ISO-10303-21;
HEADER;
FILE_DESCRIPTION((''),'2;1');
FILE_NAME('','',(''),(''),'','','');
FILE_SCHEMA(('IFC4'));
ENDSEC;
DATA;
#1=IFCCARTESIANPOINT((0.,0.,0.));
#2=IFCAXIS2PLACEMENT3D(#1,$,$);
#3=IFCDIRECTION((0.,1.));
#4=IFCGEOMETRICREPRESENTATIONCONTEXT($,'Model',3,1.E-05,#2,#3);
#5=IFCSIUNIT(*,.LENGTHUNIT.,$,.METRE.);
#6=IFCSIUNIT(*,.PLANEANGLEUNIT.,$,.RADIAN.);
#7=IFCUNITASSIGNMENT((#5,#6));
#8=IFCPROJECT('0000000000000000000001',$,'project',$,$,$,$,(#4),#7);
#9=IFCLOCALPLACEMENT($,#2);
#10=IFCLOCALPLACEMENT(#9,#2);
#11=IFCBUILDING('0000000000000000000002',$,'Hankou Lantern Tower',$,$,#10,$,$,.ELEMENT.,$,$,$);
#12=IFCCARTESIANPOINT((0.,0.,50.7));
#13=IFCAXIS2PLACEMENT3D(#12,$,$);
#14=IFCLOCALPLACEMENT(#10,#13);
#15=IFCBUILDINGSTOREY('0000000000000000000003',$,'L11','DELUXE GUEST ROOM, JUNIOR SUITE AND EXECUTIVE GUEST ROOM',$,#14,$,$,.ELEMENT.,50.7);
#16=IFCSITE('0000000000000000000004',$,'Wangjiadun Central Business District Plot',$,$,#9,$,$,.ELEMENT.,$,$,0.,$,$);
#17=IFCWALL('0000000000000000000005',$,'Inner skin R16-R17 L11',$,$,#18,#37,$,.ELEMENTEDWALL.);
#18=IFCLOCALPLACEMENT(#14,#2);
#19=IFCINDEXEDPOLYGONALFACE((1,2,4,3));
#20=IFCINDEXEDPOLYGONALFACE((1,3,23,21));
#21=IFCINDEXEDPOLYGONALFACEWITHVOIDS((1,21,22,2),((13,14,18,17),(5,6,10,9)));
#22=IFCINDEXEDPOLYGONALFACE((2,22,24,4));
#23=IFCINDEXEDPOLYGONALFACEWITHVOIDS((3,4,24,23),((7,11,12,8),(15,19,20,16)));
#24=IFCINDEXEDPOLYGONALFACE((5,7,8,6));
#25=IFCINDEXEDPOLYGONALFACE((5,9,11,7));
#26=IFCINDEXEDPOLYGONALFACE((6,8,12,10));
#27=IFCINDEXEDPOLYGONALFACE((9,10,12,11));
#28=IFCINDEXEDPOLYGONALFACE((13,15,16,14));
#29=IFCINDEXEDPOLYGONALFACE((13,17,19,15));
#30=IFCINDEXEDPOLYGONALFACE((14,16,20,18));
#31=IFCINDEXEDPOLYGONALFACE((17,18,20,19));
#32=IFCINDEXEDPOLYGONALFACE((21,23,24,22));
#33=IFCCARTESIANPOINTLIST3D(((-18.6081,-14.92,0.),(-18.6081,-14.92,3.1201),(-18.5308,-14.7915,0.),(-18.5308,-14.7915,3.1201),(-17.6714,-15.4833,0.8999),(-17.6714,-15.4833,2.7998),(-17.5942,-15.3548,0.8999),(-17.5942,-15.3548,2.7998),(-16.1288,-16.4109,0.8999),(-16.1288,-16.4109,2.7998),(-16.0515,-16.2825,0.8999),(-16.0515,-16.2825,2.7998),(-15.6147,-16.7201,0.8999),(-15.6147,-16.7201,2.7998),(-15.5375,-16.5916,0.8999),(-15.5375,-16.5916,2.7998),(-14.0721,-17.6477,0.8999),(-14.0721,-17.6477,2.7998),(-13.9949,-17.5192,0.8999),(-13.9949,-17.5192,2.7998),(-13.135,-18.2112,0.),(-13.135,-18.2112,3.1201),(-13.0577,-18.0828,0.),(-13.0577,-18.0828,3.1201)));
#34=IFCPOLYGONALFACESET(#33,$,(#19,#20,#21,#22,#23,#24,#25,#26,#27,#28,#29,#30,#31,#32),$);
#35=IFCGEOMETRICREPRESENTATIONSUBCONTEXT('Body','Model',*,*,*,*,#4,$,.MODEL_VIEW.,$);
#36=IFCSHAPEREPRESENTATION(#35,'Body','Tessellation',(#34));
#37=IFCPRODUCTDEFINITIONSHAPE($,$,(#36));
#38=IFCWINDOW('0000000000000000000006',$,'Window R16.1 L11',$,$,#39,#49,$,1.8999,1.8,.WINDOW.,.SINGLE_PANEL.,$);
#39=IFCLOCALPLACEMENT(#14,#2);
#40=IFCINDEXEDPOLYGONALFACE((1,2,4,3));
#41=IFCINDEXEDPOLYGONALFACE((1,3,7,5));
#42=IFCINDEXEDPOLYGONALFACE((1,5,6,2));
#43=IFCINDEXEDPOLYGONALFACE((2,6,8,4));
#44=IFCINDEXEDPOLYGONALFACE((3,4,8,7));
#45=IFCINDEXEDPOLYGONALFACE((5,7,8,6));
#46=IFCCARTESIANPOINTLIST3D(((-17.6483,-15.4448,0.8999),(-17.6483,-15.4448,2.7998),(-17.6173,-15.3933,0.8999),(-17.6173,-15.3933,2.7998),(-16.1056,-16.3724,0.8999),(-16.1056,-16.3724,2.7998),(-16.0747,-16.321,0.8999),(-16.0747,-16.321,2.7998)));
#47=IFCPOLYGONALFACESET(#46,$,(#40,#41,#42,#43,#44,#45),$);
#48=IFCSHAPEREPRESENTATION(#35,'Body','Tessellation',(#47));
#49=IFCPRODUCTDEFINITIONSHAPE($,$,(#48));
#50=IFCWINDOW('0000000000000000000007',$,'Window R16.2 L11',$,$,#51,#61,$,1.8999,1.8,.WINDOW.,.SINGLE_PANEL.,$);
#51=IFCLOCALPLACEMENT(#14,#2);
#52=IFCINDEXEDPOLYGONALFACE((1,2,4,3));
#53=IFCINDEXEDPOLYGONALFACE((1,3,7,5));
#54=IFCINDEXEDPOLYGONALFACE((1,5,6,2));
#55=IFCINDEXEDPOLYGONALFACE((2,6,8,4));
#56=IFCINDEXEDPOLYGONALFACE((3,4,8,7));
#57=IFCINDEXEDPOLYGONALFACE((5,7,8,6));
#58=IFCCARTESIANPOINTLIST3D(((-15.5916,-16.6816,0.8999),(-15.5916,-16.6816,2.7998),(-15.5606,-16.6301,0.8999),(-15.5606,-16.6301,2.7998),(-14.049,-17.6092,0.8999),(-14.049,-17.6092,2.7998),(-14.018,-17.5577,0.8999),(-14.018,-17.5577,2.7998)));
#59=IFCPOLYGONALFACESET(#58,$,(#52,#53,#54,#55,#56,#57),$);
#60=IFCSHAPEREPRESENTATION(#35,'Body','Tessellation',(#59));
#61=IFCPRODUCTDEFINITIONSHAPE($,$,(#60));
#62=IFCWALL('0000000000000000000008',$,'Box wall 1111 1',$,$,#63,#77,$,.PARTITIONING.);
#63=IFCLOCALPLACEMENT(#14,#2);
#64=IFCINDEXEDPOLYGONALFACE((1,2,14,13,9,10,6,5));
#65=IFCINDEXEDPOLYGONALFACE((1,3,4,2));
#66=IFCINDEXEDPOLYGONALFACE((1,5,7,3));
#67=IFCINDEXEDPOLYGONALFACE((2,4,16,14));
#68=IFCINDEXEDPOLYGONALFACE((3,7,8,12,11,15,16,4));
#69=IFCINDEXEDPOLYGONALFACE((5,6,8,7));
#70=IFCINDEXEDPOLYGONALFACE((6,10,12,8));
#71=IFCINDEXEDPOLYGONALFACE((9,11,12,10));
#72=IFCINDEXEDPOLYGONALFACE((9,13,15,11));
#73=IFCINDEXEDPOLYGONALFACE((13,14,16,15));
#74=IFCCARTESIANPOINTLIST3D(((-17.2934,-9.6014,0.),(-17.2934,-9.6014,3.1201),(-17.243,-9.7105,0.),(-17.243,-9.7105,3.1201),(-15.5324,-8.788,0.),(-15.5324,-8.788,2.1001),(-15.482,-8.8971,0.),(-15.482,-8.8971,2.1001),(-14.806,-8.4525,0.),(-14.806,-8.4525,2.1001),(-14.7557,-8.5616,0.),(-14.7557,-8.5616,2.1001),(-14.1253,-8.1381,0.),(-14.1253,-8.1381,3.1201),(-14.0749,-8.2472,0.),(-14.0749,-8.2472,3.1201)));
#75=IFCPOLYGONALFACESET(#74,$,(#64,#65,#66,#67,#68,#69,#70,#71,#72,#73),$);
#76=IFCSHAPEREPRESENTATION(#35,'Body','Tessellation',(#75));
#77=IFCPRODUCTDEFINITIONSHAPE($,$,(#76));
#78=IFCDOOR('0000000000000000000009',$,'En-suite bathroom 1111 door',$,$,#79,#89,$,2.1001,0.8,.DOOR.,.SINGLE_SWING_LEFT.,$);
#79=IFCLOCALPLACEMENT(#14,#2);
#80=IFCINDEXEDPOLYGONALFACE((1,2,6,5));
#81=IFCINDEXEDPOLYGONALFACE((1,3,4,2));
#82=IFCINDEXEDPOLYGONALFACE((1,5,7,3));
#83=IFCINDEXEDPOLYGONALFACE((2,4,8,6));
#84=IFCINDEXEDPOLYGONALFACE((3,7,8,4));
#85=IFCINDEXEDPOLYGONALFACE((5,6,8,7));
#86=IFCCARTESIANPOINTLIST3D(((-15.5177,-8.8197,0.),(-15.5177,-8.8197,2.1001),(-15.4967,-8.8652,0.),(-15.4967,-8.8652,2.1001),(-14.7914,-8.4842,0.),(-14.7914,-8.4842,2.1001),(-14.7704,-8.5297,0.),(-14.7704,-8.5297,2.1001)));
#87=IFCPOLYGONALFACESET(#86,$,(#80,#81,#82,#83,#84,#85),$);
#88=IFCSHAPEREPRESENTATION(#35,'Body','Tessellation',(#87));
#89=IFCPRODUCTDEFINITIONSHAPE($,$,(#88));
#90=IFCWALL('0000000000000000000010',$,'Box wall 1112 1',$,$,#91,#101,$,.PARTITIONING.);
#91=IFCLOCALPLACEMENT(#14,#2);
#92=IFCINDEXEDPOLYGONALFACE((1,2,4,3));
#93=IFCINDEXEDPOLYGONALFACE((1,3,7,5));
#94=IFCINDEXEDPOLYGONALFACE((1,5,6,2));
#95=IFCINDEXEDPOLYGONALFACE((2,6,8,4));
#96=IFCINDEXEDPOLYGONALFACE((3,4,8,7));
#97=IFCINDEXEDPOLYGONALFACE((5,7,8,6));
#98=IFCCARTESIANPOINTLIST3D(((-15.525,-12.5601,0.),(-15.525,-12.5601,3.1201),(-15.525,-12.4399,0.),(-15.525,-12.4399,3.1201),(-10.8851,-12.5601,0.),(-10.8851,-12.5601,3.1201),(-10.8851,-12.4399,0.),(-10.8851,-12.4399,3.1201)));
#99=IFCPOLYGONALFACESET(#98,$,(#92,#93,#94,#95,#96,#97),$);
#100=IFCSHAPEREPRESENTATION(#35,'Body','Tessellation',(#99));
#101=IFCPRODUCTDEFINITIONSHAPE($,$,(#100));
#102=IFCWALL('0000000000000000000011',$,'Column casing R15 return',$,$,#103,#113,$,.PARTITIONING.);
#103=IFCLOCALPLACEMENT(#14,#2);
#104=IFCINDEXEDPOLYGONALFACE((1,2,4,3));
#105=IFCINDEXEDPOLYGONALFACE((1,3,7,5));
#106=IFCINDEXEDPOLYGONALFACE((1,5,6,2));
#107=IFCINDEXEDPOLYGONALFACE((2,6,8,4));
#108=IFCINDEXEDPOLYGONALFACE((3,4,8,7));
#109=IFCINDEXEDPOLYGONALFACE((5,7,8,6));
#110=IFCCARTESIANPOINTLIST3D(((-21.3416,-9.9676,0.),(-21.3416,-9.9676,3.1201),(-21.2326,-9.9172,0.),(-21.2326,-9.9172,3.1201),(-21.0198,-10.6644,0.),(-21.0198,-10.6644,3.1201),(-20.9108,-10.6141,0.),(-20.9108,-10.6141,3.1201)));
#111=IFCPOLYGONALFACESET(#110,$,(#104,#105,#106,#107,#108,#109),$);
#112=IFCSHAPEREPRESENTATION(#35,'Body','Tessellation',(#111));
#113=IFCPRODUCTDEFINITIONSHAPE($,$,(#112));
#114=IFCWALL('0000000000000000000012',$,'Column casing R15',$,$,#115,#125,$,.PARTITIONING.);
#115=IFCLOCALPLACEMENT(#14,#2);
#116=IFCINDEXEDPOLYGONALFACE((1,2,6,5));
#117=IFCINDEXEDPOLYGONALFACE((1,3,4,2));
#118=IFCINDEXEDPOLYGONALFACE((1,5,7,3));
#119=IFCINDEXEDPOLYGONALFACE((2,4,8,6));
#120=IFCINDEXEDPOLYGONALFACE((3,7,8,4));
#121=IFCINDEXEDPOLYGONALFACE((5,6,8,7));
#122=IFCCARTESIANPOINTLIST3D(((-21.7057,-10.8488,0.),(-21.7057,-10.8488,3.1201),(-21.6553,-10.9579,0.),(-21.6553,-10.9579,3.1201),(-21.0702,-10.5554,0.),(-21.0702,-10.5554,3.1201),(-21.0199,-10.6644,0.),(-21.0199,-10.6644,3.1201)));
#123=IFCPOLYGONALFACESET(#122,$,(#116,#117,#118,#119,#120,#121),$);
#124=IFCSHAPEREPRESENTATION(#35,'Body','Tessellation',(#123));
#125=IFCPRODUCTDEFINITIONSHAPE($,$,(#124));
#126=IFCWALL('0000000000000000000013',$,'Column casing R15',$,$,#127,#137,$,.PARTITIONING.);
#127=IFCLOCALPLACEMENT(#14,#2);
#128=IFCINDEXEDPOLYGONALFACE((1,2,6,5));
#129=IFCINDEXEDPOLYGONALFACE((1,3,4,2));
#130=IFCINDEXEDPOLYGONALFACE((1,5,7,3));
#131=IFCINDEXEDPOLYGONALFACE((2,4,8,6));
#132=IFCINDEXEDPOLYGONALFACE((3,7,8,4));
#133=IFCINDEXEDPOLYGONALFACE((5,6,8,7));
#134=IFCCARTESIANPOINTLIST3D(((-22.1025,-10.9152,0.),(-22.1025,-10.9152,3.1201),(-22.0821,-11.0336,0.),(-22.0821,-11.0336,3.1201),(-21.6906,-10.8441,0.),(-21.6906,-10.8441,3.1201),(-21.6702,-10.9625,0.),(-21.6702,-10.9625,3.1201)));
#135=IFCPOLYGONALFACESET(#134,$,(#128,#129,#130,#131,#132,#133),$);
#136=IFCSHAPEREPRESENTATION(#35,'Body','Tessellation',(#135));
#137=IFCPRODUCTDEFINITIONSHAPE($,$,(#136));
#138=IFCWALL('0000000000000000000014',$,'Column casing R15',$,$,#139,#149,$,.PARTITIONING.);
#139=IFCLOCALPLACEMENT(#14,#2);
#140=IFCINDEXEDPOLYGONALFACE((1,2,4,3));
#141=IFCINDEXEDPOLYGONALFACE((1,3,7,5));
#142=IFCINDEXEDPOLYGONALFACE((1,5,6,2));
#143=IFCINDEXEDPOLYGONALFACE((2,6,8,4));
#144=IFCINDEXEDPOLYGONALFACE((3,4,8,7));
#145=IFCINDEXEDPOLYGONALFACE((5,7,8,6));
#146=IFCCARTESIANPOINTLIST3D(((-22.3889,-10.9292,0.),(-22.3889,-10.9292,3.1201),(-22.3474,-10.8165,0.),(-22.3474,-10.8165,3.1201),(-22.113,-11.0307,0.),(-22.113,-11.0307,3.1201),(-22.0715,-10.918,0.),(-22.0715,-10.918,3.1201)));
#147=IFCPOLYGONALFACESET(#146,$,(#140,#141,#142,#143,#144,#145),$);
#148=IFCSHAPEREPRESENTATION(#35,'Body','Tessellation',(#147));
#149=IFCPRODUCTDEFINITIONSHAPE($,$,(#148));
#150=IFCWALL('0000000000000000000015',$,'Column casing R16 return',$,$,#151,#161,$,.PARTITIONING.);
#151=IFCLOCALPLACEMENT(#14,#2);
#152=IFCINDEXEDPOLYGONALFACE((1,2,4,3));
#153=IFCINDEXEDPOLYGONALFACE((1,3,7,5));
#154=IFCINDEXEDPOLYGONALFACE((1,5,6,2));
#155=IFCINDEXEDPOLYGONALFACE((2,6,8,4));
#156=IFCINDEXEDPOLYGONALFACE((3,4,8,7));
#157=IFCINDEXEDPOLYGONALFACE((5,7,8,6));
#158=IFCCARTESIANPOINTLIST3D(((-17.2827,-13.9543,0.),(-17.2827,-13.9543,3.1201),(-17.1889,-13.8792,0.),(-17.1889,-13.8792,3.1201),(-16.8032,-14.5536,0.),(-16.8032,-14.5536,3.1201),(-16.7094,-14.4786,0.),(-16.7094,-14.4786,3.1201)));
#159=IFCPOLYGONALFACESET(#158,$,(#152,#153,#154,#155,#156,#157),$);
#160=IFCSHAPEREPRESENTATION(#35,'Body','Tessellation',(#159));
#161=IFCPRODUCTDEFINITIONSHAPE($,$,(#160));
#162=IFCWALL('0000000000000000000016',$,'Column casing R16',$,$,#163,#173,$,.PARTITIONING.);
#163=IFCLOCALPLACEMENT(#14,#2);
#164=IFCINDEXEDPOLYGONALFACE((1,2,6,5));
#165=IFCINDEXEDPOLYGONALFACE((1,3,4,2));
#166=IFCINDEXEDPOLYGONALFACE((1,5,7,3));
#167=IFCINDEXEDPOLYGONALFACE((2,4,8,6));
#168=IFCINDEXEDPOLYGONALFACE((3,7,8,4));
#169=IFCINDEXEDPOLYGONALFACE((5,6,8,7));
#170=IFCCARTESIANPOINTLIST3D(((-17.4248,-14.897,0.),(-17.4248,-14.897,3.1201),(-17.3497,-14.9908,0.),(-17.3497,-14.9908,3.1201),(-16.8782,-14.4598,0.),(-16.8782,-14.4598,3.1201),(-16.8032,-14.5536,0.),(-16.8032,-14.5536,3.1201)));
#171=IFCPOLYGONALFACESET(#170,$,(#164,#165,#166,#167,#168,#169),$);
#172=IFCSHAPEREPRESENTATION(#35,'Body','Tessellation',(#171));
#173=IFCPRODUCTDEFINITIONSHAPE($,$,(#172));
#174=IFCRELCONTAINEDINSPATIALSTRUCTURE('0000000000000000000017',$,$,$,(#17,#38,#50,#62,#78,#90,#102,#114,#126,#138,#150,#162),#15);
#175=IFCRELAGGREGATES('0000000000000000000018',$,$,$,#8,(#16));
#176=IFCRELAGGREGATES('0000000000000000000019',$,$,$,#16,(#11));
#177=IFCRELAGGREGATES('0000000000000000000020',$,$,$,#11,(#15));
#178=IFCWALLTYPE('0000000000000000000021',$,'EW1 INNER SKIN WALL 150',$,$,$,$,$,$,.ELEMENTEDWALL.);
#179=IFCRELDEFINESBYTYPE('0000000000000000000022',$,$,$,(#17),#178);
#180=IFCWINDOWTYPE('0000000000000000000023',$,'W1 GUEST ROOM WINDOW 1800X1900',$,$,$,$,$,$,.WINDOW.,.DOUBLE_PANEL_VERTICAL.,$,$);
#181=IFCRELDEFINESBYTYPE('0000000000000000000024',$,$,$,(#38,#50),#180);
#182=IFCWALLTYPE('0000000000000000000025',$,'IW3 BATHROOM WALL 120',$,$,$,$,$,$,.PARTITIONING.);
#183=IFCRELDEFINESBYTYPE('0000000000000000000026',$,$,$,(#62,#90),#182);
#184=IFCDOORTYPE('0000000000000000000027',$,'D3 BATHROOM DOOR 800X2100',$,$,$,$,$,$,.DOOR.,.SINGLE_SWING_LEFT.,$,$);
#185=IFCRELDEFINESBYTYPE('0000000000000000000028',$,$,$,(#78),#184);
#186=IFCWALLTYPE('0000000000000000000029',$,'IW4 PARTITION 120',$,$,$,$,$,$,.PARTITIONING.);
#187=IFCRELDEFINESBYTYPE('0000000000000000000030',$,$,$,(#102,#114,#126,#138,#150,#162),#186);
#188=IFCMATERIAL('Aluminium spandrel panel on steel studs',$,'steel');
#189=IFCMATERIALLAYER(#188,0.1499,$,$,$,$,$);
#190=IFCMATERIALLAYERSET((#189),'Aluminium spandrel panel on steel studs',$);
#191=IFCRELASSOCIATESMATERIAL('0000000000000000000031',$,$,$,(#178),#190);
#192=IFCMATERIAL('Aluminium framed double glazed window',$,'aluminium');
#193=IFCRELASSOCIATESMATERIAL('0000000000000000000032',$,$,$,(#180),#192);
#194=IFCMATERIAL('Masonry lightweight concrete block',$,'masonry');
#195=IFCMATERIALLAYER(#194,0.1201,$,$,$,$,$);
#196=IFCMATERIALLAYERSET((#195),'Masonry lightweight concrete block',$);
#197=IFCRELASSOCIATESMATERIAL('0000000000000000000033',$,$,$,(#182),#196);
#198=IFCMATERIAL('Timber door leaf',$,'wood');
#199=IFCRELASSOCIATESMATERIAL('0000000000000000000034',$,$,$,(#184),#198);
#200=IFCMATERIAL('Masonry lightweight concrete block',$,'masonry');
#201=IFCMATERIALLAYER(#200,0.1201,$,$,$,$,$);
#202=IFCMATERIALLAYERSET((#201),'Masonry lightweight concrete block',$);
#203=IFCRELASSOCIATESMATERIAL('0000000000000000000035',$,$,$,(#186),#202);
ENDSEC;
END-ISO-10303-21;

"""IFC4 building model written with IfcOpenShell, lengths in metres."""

from ifc_helpers import new_model, si_unit, direction, frame, frame_2d, origin, place, context, subcontext, project, spatial, rectangle, extrude, material, layer, layer_set, type_object, element, fill, save


model = new_model("IFC4")

# Units and contexts
model_context = context("Model", 3, precision=1e-05, world=origin(), true_north=direction((0.0, 1.0)))
body_context = subcontext(model_context, "Body", "Model", "MODEL_VIEW")
ifc_project = project(units=[si_unit("LENGTHUNIT", "METRE"), si_unit("PLANEANGLEUNIT", "RADIAN")], contexts=[model_context])

# Site, building, storey
site_placement = place(None, origin())
site = spatial("IfcSite", under=ifc_project, at=site_placement, Name="Wangjiadun Central Business District Plot", CompositionType="ELEMENT", RefElevation=0.0)
building_placement = place(site_placement, origin())
building = spatial("IfcBuilding", under=site, at=building_placement, Name="Hankou Lantern Tower", CompositionType="ELEMENT")
storey_placement = place(building_placement, frame((0.0, 0.0, 50.7)))
storey = spatial("IfcBuildingStorey", under=building, at=storey_placement, Name="L11", Description="DELUXE GUEST ROOM, JUNIOR SUITE AND EXECUTIVE GUEST ROOM", CompositionType="ELEMENT", Elevation=50.7)

# Wall, openings, windows
ifc_material_1 = material(Name="Aluminium spandrel panel on steel studs", Category="steel")
ifc_layer_1 = layer(ifc_material_1, 0.1499)
ifc_layer_set_1 = layer_set([ifc_layer_1], Name="Aluminium spandrel panel on steel studs")
wall_type_1 = type_object("IfcWallType", Name="EW1 INNER SKIN WALL 150", PredefinedType="ELEMENTEDWALL", material=ifc_layer_set_1)
ifc_material_2 = material(Name="Aluminium framed double glazed window", Category="aluminium")
window_type = type_object("IfcWindowType", Name="W1 GUEST ROOM WINDOW 1800X1900", PartitioningType="DOUBLE_PANEL_VERTICAL", PredefinedType="WINDOW", material=ifc_material_2)
wall_1_placement = place(storey_placement, frame((-18.5696, -14.8557, 0.0), z_axis=(0.0, 0.0, 1.0), x_axis=(0.856983, -0.515344, 0.0)))
wall_1 = element("IfcWall", 1, at=wall_1_placement, inside=storey, type_object=wall_type_1, Name="Inner skin R16-R17 L11", PredefinedType="ELEMENTEDWALL", context=body_context, shape_type="SweptSolid", body=[
    extrude(rectangle(XDim=6.3865, YDim=0.1499, at=frame_2d((3.1934, 0.0))), origin(), (0.0, 0.0, 1.0), 3.1201),
])
opening_1_placement = place(wall_1_placement, frame((1.0933, 0.0, 0.8999)))
opening_1 = element("IfcOpeningElement", 2, at=opening_1_placement, cuts=wall_1, PredefinedType="OPENING", context=body_context, shape_type="SweptSolid", body=[
    extrude(rectangle(XDim=1.8, YDim=1.8999, at=frame_2d((0.8999, 0.95))), frame((0.0, 0.085, 0.0), z_axis=(0.0, -1.0, 0.0), x_axis=(1.0, 0.0, 0.0)), (0.0, 0.0, 1.0), 0.1699),
])
opening_2_placement = place(wall_1_placement, frame((3.4932, 0.0, 0.8999)))
opening_2 = element("IfcOpeningElement", 3, at=opening_2_placement, cuts=wall_1, PredefinedType="OPENING", context=body_context, shape_type="SweptSolid", body=[
    extrude(rectangle(XDim=1.8, YDim=1.8999, at=frame_2d((0.8999, 0.95))), frame((0.0, 0.085, 0.0), z_axis=(0.0, -1.0, 0.0), x_axis=(1.0, 0.0, 0.0)), (0.0, 0.0, 1.0), 0.1699),
])
window_1_placement = place(opening_1_placement, origin())
window_1 = element("IfcWindow", 4, at=window_1_placement, inside=storey, type_object=window_type, Name="Window R16.1 L11", OverallHeight=1.8999, OverallWidth=1.8, PartitioningType="SINGLE_PANEL", PredefinedType="WINDOW", context=body_context, shape_type="SweptSolid", body=[
    extrude(rectangle(XDim=1.8, YDim=1.8999, at=frame_2d((0.8999, 0.95))), frame((0.0, 0.03, 0.0), z_axis=(0.0, -1.0, 0.0), x_axis=(1.0, 0.0, 0.0)), (0.0, 0.0, 1.0), 0.0601),
])
fill(opening_1, window_1)
window_2_placement = place(opening_2_placement, origin())
window_2 = element("IfcWindow", 5, at=window_2_placement, inside=storey, type_object=window_type, Name="Window R16.2 L11", OverallHeight=1.8999, OverallWidth=1.8, PartitioningType="SINGLE_PANEL", PredefinedType="WINDOW", context=body_context, shape_type="SweptSolid", body=[
    extrude(rectangle(XDim=1.8, YDim=1.8999, at=frame_2d((0.8999, 0.95))), frame((0.0, 0.03, 0.0), z_axis=(0.0, -1.0, 0.0), x_axis=(1.0, 0.0, 0.0)), (0.0, 0.0, 1.0), 0.0601),
])
fill(opening_2, window_2)

# Wall, opening, door
ifc_material_3 = material(Name="Masonry lightweight concrete block", Category="masonry")
ifc_layer_2 = layer(ifc_material_3, 0.1201)
ifc_layer_set_2 = layer_set([ifc_layer_2], Name="Masonry lightweight concrete block")
wall_type_2 = type_object("IfcWallType", Name="IW3 BATHROOM WALL 120", PredefinedType="PARTITIONING", material=ifc_layer_set_2)
wall_2_placement = place(storey_placement, frame((-14.1001, -8.1926, 0.0), z_axis=(0.0, 0.0, 1.0), x_axis=(-0.907836, -0.419324, 0.0)))
wall_2 = element("IfcWall", 6, at=wall_2_placement, inside=storey, type_object=wall_type_2, Name="Box wall 1111 1", PredefinedType="PARTITIONING", context=body_context, shape_type="SweptSolid", body=[
    extrude(rectangle(XDim=3.4897, YDim=0.1201, at=frame_2d((1.7449, 0.0))), origin(), (0.0, 0.0, 1.0), 3.1201),
])
opening_3_placement = place(wall_2_placement, frame((0.75, 0.0, 0.0)))
opening_3 = element("IfcOpeningElement", 7, at=opening_3_placement, cuts=wall_2, PredefinedType="OPENING", context=body_context, shape_type="SweptSolid", body=[
    extrude(rectangle(XDim=0.8, YDim=2.1001, at=frame_2d((0.3999, 1.05))), frame((0.0, 0.0701, 0.0), z_axis=(0.0, -1.0, 0.0), x_axis=(1.0, 0.0, 0.0)), (0.0, 0.0, 1.0), 0.1401),
])
ifc_material_4 = material(Name="Timber door leaf", Category="wood")
door_type = type_object("IfcDoorType", Name="D3 BATHROOM DOOR 800X2100", OperationType="SINGLE_SWING_LEFT", PredefinedType="DOOR", material=ifc_material_4)
door_placement = place(opening_3_placement, origin())
door = element("IfcDoor", 8, at=door_placement, inside=storey, type_object=door_type, Name="En-suite bathroom 1111 door", OperationType="SINGLE_SWING_LEFT", OverallHeight=2.1001, OverallWidth=0.8, PredefinedType="DOOR", context=body_context, shape_type="SweptSolid", body=[
    extrude(rectangle(XDim=0.8, YDim=2.1001, at=frame_2d((0.3999, 1.05))), frame((0.0, 0.0249, 0.0), z_axis=(0.0, -1.0, 0.0), x_axis=(1.0, 0.0, 0.0)), (0.0, 0.0, 1.0), 0.05),
])
fill(opening_3, door)

# Walls
wall_3_placement = place(storey_placement, frame((-15.5249, -12.5, 0.0), z_axis=(0.0, 0.0, 1.0), x_axis=(1.0, 0.0, 0.0)))
element("IfcWall", 9, at=wall_3_placement, inside=storey, type_object=wall_type_2, Name="Box wall 1112 1", PredefinedType="PARTITIONING", context=body_context, shape_type="SweptSolid", body=[
    extrude(rectangle(XDim=4.6399, YDim=0.1201, at=frame_2d((2.3198, 0.0))), origin(), (0.0, 0.0, 1.0), 3.1201),
])
ifc_material_5 = material(Name="Masonry lightweight concrete block", Category="masonry")
ifc_layer_3 = layer(ifc_material_5, 0.1201)
ifc_layer_set_3 = layer_set([ifc_layer_3], Name="Masonry lightweight concrete block")
wall_type_3 = type_object("IfcWallType", Name="IW4 PARTITION 120", PredefinedType="PARTITIONING", material=ifc_layer_set_3)
wall_4_placement = place(storey_placement, frame((-21.2871, -9.9424, 0.0), z_axis=(0.0, 0.0, 1.0), x_axis=(0.41926, -0.907866, 0.0)))
element("IfcWall", 10, at=wall_4_placement, inside=storey, type_object=wall_type_3, Name="Column casing R15 return", PredefinedType="PARTITIONING", context=body_context, shape_type="SweptSolid", body=[
    extrude(rectangle(XDim=0.7676, YDim=0.1201, at=frame_2d((0.3838, 0.0))), origin(), (0.0, 0.0, 1.0), 3.1201),
])
wall_5_placement = place(storey_placement, frame((-21.0449, -10.6099, 0.0), z_axis=(0.0, 0.0, 1.0), x_axis=(-0.907878, -0.419235, 0.0)))
element("IfcWall", 11, at=wall_5_placement, inside=storey, type_object=wall_type_3, Name="Column casing R15", PredefinedType="PARTITIONING", context=body_context, shape_type="SweptSolid", body=[
    extrude(rectangle(XDim=0.7, YDim=0.1201, at=frame_2d((0.3501, 0.0))), origin(), (0.0, 0.0, 1.0), 3.1201),
])
wall_6_placement = place(storey_placement, frame((-21.6804, -10.9033, 0.0), z_axis=(0.0, 0.0, 1.0), x_axis=(-0.985447, -0.169985, 0.0)))
element("IfcWall", 12, at=wall_6_placement, inside=storey, type_object=wall_type_3, Name="Column casing R15", PredefinedType="PARTITIONING", context=body_context, shape_type="SweptSolid", body=[
    extrude(rectangle(XDim=0.418, YDim=0.1201, at=frame_2d((0.209, 0.0))), origin(), (0.0, 0.0, 1.0), 3.1201),
])
wall_7_placement = place(storey_placement, frame((-22.0923, -10.9744, 0.0), z_axis=(0.0, 0.0, 1.0), x_axis=(-0.938428, 0.345474, 0.0)))
element("IfcWall", 13, at=wall_7_placement, inside=storey, type_object=wall_type_3, Name="Column casing R15", PredefinedType="PARTITIONING", context=body_context, shape_type="SweptSolid", body=[
    extrude(rectangle(XDim=0.2939, YDim=0.1201, at=frame_2d((0.147, 0.0))), origin(), (0.0, 0.0, 1.0), 3.1201),
])
wall_8_placement = place(storey_placement, frame((-17.2358, -13.9167, 0.0), z_axis=(0.0, 0.0, 1.0), x_axis=(0.624695, -0.780869, 0.0)))
element("IfcWall", 14, at=wall_8_placement, inside=storey, type_object=wall_type_3, Name="Column casing R16 return", PredefinedType="PARTITIONING", context=body_context, shape_type="SweptSolid", body=[
    extrude(rectangle(XDim=0.7676, YDim=0.1201, at=frame_2d((0.3838, 0.0))), origin(), (0.0, 0.0, 1.0), 3.1201),
])
wall_9_placement = place(storey_placement, frame((-16.8406, -14.5066, 0.0), z_axis=(0.0, 0.0, 1.0), x_axis=(-0.780903, -0.624653, 0.0)))
element("IfcWall", 15, at=wall_9_placement, inside=storey, type_object=wall_type_3, Name="Column casing R16", PredefinedType="PARTITIONING", context=body_context, shape_type="SweptSolid", body=[
    extrude(rectangle(XDim=0.7, YDim=0.1201, at=frame_2d((0.3501, 0.0))), origin(), (0.0, 0.0, 1.0), 3.1201),
])

save(model, "model.ifc")
